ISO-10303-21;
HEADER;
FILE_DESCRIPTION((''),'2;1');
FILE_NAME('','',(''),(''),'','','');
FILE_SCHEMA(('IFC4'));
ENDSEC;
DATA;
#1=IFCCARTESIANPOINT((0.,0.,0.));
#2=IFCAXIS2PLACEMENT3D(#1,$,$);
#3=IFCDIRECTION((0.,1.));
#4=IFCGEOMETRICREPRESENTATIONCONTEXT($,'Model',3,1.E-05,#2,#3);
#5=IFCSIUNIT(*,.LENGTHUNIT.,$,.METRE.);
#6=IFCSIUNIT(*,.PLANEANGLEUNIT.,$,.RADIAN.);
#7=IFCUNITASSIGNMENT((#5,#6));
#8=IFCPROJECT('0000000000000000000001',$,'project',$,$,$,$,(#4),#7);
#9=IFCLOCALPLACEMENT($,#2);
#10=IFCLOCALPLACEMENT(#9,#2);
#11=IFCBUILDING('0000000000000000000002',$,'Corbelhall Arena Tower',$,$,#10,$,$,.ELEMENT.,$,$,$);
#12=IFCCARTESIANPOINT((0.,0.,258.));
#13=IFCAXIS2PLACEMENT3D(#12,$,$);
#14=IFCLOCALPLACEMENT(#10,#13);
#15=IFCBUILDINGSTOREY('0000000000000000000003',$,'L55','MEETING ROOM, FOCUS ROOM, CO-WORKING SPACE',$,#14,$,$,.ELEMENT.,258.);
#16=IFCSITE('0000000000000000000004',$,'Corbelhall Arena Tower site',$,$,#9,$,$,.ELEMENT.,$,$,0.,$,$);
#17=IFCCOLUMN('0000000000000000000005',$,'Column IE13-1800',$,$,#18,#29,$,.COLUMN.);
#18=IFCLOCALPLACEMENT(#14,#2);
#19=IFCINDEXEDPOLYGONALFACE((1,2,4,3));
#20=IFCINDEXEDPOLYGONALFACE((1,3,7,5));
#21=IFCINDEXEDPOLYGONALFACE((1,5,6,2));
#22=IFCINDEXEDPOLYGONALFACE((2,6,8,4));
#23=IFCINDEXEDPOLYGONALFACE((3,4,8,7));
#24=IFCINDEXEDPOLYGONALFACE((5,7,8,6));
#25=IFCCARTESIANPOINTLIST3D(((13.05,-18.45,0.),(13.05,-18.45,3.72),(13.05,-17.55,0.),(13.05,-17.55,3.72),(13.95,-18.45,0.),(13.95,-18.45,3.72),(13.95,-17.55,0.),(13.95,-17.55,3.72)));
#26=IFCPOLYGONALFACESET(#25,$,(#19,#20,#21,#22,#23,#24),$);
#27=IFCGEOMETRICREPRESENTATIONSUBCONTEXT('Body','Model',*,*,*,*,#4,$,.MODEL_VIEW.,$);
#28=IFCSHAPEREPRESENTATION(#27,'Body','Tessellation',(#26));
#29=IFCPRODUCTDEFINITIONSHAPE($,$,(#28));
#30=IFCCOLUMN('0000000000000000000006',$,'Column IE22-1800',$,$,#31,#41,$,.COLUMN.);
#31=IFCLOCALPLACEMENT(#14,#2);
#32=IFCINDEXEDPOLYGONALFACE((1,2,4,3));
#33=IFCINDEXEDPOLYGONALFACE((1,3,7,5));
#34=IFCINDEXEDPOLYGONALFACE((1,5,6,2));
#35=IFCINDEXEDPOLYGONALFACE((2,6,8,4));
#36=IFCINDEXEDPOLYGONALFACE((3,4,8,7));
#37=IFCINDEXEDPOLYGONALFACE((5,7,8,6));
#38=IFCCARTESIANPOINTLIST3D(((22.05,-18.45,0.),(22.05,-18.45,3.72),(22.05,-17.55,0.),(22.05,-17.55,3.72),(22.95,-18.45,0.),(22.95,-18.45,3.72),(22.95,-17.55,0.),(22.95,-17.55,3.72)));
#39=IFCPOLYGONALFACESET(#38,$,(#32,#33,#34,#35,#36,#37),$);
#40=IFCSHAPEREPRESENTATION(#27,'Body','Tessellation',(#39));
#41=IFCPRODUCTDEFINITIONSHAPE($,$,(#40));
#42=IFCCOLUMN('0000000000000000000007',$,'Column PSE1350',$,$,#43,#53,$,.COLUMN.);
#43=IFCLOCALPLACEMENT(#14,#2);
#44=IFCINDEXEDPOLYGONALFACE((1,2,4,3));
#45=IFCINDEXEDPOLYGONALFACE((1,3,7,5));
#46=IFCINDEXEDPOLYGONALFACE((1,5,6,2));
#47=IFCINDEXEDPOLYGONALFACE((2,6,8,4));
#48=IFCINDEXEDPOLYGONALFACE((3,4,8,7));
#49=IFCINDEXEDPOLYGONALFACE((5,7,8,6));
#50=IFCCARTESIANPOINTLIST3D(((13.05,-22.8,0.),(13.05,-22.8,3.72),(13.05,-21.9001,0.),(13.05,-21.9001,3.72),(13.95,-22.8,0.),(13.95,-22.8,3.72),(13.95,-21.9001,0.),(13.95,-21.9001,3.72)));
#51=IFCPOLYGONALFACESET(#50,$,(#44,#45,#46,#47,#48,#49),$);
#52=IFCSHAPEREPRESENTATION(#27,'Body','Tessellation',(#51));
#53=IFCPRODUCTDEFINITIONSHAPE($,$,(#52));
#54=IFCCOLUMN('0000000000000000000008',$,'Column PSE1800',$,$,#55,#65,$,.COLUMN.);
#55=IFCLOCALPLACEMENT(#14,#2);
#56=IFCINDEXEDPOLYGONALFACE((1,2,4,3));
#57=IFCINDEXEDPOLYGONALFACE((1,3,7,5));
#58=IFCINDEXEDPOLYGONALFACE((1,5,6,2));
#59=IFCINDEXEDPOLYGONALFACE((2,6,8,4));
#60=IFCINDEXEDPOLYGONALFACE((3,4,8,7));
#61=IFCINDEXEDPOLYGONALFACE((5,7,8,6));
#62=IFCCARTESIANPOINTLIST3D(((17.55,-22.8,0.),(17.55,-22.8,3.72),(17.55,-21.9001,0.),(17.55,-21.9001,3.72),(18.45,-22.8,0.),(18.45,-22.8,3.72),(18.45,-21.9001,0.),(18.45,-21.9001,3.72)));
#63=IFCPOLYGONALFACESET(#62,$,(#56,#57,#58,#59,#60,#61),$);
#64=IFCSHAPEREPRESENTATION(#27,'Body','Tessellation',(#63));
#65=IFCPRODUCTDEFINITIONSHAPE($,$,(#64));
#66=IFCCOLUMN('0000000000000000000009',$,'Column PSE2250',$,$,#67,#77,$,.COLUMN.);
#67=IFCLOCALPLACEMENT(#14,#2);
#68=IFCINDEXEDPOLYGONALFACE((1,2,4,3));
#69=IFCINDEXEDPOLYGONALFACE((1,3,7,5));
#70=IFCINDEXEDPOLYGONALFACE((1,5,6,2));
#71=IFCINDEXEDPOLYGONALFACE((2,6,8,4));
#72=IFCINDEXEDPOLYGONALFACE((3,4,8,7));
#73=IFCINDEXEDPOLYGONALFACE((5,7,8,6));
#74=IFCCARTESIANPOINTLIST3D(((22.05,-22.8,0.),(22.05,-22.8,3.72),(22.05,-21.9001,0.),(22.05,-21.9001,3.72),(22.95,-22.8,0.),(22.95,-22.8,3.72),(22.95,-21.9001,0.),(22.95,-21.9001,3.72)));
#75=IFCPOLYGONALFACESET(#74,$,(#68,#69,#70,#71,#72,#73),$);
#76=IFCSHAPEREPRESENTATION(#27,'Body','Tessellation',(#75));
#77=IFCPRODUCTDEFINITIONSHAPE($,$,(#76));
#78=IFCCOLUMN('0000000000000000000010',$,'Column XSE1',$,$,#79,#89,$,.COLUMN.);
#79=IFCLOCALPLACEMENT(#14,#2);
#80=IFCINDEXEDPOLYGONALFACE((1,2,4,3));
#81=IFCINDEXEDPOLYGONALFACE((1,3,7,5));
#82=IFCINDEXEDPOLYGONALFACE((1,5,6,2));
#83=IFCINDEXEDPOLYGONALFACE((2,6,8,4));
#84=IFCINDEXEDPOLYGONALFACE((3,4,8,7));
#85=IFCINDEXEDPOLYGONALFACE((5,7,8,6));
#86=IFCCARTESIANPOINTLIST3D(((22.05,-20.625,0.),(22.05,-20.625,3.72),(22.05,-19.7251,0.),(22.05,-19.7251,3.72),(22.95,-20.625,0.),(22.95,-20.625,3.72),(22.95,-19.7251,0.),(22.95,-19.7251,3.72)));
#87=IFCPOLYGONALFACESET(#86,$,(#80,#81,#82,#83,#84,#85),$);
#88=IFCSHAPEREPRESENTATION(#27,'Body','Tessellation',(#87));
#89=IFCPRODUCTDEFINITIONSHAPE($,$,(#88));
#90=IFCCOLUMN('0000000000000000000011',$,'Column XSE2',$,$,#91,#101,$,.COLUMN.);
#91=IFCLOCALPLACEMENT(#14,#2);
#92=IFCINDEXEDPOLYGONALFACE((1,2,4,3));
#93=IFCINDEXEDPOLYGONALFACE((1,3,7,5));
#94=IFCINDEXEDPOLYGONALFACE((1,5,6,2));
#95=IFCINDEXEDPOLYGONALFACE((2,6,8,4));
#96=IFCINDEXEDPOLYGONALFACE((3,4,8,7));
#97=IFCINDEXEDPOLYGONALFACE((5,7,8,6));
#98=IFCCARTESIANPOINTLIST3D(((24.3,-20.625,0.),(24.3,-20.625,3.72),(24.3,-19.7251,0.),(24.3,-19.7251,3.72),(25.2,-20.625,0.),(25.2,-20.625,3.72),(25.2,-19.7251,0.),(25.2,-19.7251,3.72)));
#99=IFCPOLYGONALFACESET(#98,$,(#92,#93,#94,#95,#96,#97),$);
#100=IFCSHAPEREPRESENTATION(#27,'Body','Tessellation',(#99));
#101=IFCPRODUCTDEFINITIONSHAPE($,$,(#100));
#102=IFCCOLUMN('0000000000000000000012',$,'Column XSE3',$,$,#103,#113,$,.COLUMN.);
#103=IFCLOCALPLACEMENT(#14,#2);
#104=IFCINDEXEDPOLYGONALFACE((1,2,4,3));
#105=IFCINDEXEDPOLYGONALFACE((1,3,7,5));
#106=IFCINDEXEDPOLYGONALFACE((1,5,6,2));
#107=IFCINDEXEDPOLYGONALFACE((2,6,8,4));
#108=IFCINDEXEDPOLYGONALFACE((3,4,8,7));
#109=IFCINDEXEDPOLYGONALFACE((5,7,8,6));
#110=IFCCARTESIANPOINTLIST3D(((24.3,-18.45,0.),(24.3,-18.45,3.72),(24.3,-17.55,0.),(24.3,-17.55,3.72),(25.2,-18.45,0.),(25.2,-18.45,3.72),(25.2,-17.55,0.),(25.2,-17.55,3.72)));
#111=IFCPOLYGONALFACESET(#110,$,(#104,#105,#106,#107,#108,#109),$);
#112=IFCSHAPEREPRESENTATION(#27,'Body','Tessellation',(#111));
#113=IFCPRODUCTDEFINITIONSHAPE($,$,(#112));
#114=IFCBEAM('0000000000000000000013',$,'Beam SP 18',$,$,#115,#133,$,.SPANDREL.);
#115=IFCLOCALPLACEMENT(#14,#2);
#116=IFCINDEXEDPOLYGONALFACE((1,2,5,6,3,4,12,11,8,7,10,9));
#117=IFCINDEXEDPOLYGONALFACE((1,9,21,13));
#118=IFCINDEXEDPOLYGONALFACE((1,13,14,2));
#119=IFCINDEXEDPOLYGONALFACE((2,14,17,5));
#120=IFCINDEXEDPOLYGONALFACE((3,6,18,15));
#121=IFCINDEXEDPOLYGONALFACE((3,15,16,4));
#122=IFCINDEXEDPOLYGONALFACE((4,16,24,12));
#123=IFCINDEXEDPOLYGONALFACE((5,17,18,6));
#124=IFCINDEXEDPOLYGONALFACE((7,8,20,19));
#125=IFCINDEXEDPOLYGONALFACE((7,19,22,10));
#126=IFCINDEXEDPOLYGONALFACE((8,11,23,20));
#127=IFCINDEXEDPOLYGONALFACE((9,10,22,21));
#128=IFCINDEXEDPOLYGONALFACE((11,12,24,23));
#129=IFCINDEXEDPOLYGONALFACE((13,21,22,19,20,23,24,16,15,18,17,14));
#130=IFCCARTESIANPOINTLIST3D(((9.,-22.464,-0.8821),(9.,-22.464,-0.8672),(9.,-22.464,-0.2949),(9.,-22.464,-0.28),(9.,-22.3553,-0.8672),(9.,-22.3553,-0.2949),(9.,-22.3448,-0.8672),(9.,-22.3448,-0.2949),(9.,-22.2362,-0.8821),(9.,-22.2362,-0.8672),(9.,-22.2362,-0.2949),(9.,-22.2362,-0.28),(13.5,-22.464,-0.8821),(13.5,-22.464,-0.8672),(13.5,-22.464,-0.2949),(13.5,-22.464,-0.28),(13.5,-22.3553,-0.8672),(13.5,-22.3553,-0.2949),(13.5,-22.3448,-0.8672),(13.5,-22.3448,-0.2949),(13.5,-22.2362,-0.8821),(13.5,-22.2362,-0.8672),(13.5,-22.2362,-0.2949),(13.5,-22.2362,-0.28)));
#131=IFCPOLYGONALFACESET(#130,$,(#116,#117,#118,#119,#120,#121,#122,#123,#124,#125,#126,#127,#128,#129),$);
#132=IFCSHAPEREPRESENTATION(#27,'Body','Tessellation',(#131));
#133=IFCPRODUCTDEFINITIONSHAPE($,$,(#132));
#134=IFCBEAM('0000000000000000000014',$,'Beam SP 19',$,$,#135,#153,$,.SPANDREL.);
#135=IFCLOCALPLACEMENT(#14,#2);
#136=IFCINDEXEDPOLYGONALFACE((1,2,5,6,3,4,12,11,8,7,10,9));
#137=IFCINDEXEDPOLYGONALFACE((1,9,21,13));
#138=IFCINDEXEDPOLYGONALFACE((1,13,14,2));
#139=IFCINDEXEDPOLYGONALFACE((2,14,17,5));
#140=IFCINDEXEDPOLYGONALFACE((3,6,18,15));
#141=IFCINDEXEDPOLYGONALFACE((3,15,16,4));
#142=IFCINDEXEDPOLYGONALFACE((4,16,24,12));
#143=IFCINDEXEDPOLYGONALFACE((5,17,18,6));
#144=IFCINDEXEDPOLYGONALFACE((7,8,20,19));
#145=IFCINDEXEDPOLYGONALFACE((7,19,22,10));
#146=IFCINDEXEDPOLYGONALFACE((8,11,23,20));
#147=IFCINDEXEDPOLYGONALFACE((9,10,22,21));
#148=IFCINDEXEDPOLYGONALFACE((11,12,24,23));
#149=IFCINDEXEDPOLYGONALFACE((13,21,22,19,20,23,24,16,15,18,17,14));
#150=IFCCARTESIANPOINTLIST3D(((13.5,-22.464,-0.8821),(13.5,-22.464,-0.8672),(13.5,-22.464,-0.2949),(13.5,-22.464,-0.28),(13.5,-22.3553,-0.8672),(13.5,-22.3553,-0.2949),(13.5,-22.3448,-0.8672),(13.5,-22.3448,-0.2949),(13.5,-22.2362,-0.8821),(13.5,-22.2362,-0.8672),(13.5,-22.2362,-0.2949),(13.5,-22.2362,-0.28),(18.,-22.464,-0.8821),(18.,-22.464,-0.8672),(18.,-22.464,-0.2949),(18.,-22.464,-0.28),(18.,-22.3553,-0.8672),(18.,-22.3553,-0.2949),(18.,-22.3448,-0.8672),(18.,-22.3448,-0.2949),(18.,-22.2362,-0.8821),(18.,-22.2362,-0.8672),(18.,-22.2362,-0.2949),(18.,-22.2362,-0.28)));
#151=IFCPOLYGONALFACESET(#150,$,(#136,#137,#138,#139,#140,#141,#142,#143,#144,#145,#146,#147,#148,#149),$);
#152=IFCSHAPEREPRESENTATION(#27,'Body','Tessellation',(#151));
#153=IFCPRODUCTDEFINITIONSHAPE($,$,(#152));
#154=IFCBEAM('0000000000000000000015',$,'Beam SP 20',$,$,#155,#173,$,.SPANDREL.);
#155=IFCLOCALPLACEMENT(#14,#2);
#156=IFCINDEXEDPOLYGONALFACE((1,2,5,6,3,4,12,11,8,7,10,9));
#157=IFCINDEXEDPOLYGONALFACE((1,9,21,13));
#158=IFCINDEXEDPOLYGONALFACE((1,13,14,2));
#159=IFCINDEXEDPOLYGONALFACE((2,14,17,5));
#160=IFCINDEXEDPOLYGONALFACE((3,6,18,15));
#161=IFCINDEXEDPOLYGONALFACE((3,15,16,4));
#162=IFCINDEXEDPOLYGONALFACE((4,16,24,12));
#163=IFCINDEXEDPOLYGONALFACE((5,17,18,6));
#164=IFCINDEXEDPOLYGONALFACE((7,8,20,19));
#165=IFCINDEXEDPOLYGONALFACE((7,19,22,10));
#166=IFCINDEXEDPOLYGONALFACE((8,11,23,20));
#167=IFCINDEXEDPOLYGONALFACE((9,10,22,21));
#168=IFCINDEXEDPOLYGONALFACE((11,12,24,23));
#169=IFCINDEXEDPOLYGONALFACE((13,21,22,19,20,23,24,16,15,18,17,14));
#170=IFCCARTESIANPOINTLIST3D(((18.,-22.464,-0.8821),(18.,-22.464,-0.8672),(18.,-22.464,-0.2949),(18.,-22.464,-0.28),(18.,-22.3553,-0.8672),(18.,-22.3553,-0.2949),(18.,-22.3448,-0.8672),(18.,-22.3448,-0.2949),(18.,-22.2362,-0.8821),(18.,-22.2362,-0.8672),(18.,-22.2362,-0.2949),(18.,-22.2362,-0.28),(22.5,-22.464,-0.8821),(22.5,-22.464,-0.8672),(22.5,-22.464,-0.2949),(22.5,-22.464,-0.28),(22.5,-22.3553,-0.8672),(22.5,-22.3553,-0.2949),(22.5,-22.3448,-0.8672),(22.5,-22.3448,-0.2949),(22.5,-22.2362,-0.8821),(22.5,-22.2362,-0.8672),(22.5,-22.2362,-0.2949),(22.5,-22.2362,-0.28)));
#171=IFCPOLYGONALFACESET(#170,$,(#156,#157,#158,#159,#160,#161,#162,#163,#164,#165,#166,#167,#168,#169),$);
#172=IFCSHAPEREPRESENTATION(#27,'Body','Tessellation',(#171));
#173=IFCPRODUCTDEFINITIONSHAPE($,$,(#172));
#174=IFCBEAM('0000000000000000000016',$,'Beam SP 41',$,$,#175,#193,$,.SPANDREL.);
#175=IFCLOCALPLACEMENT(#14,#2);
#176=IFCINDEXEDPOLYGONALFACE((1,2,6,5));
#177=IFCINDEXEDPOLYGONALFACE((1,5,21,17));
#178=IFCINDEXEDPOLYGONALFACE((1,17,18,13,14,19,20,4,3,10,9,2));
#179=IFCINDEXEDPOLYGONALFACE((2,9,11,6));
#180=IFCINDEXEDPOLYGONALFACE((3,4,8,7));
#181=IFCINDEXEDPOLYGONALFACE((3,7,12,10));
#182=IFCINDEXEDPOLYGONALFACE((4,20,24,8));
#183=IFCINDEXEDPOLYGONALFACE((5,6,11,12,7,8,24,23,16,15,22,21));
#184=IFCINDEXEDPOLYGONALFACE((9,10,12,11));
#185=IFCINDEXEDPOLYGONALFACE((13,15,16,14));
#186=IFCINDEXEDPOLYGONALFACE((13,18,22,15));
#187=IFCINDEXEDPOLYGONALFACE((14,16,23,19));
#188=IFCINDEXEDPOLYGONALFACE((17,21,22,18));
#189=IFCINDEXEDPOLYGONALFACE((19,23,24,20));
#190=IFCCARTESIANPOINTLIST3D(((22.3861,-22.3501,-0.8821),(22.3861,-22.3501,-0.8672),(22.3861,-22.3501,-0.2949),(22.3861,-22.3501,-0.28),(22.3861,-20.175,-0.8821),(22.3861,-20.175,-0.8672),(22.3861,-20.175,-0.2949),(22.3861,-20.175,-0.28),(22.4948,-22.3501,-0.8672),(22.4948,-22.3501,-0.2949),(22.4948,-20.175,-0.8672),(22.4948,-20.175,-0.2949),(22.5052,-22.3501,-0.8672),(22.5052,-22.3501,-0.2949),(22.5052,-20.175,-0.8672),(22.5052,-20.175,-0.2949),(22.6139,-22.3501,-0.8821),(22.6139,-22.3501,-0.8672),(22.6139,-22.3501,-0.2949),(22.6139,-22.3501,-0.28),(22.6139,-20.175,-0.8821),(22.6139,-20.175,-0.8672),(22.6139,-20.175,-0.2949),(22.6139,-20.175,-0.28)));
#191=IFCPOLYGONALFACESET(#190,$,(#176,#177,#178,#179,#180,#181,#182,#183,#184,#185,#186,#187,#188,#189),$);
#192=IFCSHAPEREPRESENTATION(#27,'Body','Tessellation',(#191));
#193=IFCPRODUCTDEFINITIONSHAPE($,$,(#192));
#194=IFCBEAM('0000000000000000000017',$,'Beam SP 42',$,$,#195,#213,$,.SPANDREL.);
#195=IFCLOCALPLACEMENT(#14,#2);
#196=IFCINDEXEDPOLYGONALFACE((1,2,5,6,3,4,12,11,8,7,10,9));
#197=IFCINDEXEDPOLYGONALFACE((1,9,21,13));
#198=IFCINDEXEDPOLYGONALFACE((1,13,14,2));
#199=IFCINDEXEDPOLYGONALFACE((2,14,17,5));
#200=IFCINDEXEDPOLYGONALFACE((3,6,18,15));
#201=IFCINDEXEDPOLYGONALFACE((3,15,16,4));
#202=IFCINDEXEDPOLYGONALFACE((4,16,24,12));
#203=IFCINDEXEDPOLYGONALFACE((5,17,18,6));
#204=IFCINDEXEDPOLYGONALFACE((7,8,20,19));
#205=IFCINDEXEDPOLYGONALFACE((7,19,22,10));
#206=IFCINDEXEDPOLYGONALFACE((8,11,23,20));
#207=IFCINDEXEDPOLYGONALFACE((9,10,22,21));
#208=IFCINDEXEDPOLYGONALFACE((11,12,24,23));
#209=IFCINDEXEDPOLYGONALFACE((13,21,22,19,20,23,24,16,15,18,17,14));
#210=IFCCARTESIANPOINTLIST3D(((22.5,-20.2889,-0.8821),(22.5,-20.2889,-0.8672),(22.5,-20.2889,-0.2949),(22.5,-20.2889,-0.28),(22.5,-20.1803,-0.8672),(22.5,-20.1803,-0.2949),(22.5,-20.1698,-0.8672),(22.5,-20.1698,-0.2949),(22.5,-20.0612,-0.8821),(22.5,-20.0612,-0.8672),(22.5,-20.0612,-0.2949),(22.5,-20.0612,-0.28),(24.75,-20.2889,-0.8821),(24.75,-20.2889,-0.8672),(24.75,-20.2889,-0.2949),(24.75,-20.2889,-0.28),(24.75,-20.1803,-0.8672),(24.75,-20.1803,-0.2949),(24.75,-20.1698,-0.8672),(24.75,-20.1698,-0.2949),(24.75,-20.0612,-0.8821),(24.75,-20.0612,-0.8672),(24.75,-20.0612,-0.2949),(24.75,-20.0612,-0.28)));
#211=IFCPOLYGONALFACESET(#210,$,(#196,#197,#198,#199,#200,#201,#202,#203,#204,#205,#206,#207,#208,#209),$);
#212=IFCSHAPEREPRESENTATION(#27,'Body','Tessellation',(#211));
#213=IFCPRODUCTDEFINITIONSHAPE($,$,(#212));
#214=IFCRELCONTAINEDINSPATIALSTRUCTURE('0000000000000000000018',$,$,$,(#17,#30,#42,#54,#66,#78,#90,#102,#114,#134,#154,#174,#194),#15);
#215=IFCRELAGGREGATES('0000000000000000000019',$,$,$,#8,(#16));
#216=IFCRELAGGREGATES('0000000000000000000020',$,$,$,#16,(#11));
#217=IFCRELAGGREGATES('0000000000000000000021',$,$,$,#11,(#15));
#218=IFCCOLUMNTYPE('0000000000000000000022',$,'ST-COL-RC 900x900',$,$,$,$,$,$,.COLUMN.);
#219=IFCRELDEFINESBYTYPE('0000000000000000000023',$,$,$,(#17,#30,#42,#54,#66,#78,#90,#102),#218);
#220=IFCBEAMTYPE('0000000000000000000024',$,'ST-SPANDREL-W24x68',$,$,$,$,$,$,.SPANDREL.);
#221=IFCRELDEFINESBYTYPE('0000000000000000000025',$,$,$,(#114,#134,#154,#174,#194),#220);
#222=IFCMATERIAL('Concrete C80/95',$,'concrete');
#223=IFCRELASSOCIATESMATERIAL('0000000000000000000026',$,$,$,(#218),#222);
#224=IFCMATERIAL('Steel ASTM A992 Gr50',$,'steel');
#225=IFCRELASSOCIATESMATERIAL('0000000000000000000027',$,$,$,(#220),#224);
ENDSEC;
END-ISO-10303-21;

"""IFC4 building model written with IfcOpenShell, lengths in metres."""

from ifc_helpers import new_model, si_unit, direction, frame, origin, origin_2d, place, context, subcontext, project, spatial, rectangle, i_section, extrude, material, material_profile, profile_set, type_object, element, save


model = new_model("IFC4")

# Units and contexts
model_context = context("Model", 3, precision=1e-05, world=origin(), true_north=direction((0.0, 1.0)))
body_context = subcontext(model_context, "Body", "Model", "MODEL_VIEW")
ifc_project = project(units=[si_unit("LENGTHUNIT", "METRE"), si_unit("PLANEANGLEUNIT", "RADIAN")], contexts=[model_context])

# Site, building, storey
site_placement = place(None, origin())
site = spatial("IfcSite", under=ifc_project, at=site_placement, Name="Corbelhall Arena Tower site", CompositionType="ELEMENT", RefElevation=0.0)
building_placement = place(site_placement, origin())
building = spatial("IfcBuilding", under=site, at=building_placement, Name="Corbelhall Arena Tower", CompositionType="ELEMENT")
storey_placement = place(building_placement, frame((0.0, 0.0, 258.0)))
storey = spatial("IfcBuildingStorey", under=building, at=storey_placement, Name="L55", Description="MEETING ROOM, FOCUS ROOM, CO-WORKING SPACE", CompositionType="ELEMENT", Elevation=258.0)

# Columns
ifc_material_1 = material(Name="Concrete C80/95", Category="concrete")
ifc_material_profile_1 = material_profile(ifc_material_1, rectangle(XDim=0.8999, YDim=0.8999, at=origin_2d()))
ifc_profile_set_1 = profile_set([ifc_material_profile_1], Name="Concrete C80/95")
column_type = type_object("IfcColumnType", Name="ST-COL-RC 900x900", PredefinedType="COLUMN", material=ifc_profile_set_1)
for number, where, z_axis, x_axis, name in (
    (1, (13.5, -18.0, 0.0), (0.0, 0.0, 1.0), (1.0, 0.0, 0.0), "Column IE13-1800"),
    (2, (22.5, -18.0, 0.0), (0.0, 0.0, 1.0), (1.0, 0.0, 0.0), "Column IE22-1800"),
    (3, (13.5, -22.3501, 0.0), (0.0, 0.0, 1.0), (1.0, 0.0, 0.0), "Column PSE1350"),
    (4, (18.0, -22.3501, 0.0), (0.0, 0.0, 1.0), (1.0, 0.0, 0.0), "Column PSE1800"),
    (5, (22.5, -22.3501, 0.0), (0.0, 0.0, 1.0), (1.0, 0.0, 0.0), "Column PSE2250"),
    (6, (22.5, -20.175, 0.0), (0.0, 0.0, 1.0), (1.0, 0.0, 0.0), "Column XSE1"),
    (7, (24.75, -20.175, 0.0), (0.0, 0.0, 1.0), (1.0, 0.0, 0.0), "Column XSE2"),
    (8, (24.75, -18.0, 0.0), (0.0, 0.0, 1.0), (1.0, 0.0, 0.0), "Column XSE3"),
):
    element("IfcColumn", number, at=place(storey_placement, frame(where, z_axis=z_axis, x_axis=x_axis)), inside=storey, type_object=column_type, Name=name, PredefinedType="COLUMN", context=body_context, shape_type="SweptSolid", body=[
        extrude(rectangle(XDim=0.8999, YDim=0.8999, at=origin_2d()), origin(), (0.0, 0.0, 1.0), 3.72),
    ])

# Beams
ifc_material_2 = material(Name="Steel ASTM A992 Gr50", Category="steel")
ifc_material_profile_2 = material_profile(ifc_material_2, i_section(OverallWidth=0.2278, OverallDepth=0.6021, WebThickness=0.0105, FlangeThickness=0.0149, at=origin_2d()))
ifc_profile_set_2 = profile_set([ifc_material_profile_2], Name="Steel ASTM A992 Gr50")
beam_type = type_object("IfcBeamType", Name="ST-SPANDREL-W24x68", PredefinedType="SPANDREL", material=ifc_profile_set_2)
for number, where, z_axis, x_axis, name in (
    (9, (13.5, -22.3501, -0.5811), (-1.0, 0.0, 0.0), (0.0, -1.0, 0.0), "Beam SP 18"),
    (10, (18.0, -22.3501, -0.5811), (-1.0, 0.0, 0.0), (0.0, -1.0, 0.0), "Beam SP 19"),
    (11, (22.5, -22.3501, -0.5811), (-1.0, 0.0, 0.0), (0.0, -1.0, 0.0), "Beam SP 20"),
):
    element("IfcBeam", number, at=place(storey_placement, frame(where, z_axis=z_axis, x_axis=x_axis)), inside=storey, type_object=beam_type, Name=name, PredefinedType="SPANDREL", context=body_context, shape_type="SweptSolid", body=[
        extrude(i_section(OverallWidth=0.2278, OverallDepth=0.6021, WebThickness=0.0105, FlangeThickness=0.0149, at=origin_2d()), origin(), (0.0, 0.0, 1.0), 4.5),
    ])
beam_1_placement = place(storey_placement, frame((22.5, -20.175, -0.5811), z_axis=(0.0, -1.0, 0.0), x_axis=(1.0, 0.0, 0.0)))
element("IfcBeam", 12, at=beam_1_placement, inside=storey, type_object=beam_type, Name="Beam SP 41", PredefinedType="SPANDREL", context=body_context, shape_type="SweptSolid", body=[
    extrude(i_section(OverallWidth=0.2278, OverallDepth=0.6021, WebThickness=0.0105, FlangeThickness=0.0149, at=origin_2d()), origin(), (0.0, 0.0, 1.0), 2.175),
])
beam_2_placement = place(storey_placement, frame((24.75, -20.175, -0.5811), z_axis=(-1.0, 0.0, 0.0), x_axis=(0.0, -1.0, 0.0)))
element("IfcBeam", 13, at=beam_2_placement, inside=storey, type_object=beam_type, Name="Beam SP 42", PredefinedType="SPANDREL", context=body_context, shape_type="SweptSolid", body=[
    extrude(i_section(OverallWidth=0.2278, OverallDepth=0.6021, WebThickness=0.0105, FlangeThickness=0.0149, at=origin_2d()), origin(), (0.0, 0.0, 1.0), 2.25),
])

save(model, "model.ifc")
